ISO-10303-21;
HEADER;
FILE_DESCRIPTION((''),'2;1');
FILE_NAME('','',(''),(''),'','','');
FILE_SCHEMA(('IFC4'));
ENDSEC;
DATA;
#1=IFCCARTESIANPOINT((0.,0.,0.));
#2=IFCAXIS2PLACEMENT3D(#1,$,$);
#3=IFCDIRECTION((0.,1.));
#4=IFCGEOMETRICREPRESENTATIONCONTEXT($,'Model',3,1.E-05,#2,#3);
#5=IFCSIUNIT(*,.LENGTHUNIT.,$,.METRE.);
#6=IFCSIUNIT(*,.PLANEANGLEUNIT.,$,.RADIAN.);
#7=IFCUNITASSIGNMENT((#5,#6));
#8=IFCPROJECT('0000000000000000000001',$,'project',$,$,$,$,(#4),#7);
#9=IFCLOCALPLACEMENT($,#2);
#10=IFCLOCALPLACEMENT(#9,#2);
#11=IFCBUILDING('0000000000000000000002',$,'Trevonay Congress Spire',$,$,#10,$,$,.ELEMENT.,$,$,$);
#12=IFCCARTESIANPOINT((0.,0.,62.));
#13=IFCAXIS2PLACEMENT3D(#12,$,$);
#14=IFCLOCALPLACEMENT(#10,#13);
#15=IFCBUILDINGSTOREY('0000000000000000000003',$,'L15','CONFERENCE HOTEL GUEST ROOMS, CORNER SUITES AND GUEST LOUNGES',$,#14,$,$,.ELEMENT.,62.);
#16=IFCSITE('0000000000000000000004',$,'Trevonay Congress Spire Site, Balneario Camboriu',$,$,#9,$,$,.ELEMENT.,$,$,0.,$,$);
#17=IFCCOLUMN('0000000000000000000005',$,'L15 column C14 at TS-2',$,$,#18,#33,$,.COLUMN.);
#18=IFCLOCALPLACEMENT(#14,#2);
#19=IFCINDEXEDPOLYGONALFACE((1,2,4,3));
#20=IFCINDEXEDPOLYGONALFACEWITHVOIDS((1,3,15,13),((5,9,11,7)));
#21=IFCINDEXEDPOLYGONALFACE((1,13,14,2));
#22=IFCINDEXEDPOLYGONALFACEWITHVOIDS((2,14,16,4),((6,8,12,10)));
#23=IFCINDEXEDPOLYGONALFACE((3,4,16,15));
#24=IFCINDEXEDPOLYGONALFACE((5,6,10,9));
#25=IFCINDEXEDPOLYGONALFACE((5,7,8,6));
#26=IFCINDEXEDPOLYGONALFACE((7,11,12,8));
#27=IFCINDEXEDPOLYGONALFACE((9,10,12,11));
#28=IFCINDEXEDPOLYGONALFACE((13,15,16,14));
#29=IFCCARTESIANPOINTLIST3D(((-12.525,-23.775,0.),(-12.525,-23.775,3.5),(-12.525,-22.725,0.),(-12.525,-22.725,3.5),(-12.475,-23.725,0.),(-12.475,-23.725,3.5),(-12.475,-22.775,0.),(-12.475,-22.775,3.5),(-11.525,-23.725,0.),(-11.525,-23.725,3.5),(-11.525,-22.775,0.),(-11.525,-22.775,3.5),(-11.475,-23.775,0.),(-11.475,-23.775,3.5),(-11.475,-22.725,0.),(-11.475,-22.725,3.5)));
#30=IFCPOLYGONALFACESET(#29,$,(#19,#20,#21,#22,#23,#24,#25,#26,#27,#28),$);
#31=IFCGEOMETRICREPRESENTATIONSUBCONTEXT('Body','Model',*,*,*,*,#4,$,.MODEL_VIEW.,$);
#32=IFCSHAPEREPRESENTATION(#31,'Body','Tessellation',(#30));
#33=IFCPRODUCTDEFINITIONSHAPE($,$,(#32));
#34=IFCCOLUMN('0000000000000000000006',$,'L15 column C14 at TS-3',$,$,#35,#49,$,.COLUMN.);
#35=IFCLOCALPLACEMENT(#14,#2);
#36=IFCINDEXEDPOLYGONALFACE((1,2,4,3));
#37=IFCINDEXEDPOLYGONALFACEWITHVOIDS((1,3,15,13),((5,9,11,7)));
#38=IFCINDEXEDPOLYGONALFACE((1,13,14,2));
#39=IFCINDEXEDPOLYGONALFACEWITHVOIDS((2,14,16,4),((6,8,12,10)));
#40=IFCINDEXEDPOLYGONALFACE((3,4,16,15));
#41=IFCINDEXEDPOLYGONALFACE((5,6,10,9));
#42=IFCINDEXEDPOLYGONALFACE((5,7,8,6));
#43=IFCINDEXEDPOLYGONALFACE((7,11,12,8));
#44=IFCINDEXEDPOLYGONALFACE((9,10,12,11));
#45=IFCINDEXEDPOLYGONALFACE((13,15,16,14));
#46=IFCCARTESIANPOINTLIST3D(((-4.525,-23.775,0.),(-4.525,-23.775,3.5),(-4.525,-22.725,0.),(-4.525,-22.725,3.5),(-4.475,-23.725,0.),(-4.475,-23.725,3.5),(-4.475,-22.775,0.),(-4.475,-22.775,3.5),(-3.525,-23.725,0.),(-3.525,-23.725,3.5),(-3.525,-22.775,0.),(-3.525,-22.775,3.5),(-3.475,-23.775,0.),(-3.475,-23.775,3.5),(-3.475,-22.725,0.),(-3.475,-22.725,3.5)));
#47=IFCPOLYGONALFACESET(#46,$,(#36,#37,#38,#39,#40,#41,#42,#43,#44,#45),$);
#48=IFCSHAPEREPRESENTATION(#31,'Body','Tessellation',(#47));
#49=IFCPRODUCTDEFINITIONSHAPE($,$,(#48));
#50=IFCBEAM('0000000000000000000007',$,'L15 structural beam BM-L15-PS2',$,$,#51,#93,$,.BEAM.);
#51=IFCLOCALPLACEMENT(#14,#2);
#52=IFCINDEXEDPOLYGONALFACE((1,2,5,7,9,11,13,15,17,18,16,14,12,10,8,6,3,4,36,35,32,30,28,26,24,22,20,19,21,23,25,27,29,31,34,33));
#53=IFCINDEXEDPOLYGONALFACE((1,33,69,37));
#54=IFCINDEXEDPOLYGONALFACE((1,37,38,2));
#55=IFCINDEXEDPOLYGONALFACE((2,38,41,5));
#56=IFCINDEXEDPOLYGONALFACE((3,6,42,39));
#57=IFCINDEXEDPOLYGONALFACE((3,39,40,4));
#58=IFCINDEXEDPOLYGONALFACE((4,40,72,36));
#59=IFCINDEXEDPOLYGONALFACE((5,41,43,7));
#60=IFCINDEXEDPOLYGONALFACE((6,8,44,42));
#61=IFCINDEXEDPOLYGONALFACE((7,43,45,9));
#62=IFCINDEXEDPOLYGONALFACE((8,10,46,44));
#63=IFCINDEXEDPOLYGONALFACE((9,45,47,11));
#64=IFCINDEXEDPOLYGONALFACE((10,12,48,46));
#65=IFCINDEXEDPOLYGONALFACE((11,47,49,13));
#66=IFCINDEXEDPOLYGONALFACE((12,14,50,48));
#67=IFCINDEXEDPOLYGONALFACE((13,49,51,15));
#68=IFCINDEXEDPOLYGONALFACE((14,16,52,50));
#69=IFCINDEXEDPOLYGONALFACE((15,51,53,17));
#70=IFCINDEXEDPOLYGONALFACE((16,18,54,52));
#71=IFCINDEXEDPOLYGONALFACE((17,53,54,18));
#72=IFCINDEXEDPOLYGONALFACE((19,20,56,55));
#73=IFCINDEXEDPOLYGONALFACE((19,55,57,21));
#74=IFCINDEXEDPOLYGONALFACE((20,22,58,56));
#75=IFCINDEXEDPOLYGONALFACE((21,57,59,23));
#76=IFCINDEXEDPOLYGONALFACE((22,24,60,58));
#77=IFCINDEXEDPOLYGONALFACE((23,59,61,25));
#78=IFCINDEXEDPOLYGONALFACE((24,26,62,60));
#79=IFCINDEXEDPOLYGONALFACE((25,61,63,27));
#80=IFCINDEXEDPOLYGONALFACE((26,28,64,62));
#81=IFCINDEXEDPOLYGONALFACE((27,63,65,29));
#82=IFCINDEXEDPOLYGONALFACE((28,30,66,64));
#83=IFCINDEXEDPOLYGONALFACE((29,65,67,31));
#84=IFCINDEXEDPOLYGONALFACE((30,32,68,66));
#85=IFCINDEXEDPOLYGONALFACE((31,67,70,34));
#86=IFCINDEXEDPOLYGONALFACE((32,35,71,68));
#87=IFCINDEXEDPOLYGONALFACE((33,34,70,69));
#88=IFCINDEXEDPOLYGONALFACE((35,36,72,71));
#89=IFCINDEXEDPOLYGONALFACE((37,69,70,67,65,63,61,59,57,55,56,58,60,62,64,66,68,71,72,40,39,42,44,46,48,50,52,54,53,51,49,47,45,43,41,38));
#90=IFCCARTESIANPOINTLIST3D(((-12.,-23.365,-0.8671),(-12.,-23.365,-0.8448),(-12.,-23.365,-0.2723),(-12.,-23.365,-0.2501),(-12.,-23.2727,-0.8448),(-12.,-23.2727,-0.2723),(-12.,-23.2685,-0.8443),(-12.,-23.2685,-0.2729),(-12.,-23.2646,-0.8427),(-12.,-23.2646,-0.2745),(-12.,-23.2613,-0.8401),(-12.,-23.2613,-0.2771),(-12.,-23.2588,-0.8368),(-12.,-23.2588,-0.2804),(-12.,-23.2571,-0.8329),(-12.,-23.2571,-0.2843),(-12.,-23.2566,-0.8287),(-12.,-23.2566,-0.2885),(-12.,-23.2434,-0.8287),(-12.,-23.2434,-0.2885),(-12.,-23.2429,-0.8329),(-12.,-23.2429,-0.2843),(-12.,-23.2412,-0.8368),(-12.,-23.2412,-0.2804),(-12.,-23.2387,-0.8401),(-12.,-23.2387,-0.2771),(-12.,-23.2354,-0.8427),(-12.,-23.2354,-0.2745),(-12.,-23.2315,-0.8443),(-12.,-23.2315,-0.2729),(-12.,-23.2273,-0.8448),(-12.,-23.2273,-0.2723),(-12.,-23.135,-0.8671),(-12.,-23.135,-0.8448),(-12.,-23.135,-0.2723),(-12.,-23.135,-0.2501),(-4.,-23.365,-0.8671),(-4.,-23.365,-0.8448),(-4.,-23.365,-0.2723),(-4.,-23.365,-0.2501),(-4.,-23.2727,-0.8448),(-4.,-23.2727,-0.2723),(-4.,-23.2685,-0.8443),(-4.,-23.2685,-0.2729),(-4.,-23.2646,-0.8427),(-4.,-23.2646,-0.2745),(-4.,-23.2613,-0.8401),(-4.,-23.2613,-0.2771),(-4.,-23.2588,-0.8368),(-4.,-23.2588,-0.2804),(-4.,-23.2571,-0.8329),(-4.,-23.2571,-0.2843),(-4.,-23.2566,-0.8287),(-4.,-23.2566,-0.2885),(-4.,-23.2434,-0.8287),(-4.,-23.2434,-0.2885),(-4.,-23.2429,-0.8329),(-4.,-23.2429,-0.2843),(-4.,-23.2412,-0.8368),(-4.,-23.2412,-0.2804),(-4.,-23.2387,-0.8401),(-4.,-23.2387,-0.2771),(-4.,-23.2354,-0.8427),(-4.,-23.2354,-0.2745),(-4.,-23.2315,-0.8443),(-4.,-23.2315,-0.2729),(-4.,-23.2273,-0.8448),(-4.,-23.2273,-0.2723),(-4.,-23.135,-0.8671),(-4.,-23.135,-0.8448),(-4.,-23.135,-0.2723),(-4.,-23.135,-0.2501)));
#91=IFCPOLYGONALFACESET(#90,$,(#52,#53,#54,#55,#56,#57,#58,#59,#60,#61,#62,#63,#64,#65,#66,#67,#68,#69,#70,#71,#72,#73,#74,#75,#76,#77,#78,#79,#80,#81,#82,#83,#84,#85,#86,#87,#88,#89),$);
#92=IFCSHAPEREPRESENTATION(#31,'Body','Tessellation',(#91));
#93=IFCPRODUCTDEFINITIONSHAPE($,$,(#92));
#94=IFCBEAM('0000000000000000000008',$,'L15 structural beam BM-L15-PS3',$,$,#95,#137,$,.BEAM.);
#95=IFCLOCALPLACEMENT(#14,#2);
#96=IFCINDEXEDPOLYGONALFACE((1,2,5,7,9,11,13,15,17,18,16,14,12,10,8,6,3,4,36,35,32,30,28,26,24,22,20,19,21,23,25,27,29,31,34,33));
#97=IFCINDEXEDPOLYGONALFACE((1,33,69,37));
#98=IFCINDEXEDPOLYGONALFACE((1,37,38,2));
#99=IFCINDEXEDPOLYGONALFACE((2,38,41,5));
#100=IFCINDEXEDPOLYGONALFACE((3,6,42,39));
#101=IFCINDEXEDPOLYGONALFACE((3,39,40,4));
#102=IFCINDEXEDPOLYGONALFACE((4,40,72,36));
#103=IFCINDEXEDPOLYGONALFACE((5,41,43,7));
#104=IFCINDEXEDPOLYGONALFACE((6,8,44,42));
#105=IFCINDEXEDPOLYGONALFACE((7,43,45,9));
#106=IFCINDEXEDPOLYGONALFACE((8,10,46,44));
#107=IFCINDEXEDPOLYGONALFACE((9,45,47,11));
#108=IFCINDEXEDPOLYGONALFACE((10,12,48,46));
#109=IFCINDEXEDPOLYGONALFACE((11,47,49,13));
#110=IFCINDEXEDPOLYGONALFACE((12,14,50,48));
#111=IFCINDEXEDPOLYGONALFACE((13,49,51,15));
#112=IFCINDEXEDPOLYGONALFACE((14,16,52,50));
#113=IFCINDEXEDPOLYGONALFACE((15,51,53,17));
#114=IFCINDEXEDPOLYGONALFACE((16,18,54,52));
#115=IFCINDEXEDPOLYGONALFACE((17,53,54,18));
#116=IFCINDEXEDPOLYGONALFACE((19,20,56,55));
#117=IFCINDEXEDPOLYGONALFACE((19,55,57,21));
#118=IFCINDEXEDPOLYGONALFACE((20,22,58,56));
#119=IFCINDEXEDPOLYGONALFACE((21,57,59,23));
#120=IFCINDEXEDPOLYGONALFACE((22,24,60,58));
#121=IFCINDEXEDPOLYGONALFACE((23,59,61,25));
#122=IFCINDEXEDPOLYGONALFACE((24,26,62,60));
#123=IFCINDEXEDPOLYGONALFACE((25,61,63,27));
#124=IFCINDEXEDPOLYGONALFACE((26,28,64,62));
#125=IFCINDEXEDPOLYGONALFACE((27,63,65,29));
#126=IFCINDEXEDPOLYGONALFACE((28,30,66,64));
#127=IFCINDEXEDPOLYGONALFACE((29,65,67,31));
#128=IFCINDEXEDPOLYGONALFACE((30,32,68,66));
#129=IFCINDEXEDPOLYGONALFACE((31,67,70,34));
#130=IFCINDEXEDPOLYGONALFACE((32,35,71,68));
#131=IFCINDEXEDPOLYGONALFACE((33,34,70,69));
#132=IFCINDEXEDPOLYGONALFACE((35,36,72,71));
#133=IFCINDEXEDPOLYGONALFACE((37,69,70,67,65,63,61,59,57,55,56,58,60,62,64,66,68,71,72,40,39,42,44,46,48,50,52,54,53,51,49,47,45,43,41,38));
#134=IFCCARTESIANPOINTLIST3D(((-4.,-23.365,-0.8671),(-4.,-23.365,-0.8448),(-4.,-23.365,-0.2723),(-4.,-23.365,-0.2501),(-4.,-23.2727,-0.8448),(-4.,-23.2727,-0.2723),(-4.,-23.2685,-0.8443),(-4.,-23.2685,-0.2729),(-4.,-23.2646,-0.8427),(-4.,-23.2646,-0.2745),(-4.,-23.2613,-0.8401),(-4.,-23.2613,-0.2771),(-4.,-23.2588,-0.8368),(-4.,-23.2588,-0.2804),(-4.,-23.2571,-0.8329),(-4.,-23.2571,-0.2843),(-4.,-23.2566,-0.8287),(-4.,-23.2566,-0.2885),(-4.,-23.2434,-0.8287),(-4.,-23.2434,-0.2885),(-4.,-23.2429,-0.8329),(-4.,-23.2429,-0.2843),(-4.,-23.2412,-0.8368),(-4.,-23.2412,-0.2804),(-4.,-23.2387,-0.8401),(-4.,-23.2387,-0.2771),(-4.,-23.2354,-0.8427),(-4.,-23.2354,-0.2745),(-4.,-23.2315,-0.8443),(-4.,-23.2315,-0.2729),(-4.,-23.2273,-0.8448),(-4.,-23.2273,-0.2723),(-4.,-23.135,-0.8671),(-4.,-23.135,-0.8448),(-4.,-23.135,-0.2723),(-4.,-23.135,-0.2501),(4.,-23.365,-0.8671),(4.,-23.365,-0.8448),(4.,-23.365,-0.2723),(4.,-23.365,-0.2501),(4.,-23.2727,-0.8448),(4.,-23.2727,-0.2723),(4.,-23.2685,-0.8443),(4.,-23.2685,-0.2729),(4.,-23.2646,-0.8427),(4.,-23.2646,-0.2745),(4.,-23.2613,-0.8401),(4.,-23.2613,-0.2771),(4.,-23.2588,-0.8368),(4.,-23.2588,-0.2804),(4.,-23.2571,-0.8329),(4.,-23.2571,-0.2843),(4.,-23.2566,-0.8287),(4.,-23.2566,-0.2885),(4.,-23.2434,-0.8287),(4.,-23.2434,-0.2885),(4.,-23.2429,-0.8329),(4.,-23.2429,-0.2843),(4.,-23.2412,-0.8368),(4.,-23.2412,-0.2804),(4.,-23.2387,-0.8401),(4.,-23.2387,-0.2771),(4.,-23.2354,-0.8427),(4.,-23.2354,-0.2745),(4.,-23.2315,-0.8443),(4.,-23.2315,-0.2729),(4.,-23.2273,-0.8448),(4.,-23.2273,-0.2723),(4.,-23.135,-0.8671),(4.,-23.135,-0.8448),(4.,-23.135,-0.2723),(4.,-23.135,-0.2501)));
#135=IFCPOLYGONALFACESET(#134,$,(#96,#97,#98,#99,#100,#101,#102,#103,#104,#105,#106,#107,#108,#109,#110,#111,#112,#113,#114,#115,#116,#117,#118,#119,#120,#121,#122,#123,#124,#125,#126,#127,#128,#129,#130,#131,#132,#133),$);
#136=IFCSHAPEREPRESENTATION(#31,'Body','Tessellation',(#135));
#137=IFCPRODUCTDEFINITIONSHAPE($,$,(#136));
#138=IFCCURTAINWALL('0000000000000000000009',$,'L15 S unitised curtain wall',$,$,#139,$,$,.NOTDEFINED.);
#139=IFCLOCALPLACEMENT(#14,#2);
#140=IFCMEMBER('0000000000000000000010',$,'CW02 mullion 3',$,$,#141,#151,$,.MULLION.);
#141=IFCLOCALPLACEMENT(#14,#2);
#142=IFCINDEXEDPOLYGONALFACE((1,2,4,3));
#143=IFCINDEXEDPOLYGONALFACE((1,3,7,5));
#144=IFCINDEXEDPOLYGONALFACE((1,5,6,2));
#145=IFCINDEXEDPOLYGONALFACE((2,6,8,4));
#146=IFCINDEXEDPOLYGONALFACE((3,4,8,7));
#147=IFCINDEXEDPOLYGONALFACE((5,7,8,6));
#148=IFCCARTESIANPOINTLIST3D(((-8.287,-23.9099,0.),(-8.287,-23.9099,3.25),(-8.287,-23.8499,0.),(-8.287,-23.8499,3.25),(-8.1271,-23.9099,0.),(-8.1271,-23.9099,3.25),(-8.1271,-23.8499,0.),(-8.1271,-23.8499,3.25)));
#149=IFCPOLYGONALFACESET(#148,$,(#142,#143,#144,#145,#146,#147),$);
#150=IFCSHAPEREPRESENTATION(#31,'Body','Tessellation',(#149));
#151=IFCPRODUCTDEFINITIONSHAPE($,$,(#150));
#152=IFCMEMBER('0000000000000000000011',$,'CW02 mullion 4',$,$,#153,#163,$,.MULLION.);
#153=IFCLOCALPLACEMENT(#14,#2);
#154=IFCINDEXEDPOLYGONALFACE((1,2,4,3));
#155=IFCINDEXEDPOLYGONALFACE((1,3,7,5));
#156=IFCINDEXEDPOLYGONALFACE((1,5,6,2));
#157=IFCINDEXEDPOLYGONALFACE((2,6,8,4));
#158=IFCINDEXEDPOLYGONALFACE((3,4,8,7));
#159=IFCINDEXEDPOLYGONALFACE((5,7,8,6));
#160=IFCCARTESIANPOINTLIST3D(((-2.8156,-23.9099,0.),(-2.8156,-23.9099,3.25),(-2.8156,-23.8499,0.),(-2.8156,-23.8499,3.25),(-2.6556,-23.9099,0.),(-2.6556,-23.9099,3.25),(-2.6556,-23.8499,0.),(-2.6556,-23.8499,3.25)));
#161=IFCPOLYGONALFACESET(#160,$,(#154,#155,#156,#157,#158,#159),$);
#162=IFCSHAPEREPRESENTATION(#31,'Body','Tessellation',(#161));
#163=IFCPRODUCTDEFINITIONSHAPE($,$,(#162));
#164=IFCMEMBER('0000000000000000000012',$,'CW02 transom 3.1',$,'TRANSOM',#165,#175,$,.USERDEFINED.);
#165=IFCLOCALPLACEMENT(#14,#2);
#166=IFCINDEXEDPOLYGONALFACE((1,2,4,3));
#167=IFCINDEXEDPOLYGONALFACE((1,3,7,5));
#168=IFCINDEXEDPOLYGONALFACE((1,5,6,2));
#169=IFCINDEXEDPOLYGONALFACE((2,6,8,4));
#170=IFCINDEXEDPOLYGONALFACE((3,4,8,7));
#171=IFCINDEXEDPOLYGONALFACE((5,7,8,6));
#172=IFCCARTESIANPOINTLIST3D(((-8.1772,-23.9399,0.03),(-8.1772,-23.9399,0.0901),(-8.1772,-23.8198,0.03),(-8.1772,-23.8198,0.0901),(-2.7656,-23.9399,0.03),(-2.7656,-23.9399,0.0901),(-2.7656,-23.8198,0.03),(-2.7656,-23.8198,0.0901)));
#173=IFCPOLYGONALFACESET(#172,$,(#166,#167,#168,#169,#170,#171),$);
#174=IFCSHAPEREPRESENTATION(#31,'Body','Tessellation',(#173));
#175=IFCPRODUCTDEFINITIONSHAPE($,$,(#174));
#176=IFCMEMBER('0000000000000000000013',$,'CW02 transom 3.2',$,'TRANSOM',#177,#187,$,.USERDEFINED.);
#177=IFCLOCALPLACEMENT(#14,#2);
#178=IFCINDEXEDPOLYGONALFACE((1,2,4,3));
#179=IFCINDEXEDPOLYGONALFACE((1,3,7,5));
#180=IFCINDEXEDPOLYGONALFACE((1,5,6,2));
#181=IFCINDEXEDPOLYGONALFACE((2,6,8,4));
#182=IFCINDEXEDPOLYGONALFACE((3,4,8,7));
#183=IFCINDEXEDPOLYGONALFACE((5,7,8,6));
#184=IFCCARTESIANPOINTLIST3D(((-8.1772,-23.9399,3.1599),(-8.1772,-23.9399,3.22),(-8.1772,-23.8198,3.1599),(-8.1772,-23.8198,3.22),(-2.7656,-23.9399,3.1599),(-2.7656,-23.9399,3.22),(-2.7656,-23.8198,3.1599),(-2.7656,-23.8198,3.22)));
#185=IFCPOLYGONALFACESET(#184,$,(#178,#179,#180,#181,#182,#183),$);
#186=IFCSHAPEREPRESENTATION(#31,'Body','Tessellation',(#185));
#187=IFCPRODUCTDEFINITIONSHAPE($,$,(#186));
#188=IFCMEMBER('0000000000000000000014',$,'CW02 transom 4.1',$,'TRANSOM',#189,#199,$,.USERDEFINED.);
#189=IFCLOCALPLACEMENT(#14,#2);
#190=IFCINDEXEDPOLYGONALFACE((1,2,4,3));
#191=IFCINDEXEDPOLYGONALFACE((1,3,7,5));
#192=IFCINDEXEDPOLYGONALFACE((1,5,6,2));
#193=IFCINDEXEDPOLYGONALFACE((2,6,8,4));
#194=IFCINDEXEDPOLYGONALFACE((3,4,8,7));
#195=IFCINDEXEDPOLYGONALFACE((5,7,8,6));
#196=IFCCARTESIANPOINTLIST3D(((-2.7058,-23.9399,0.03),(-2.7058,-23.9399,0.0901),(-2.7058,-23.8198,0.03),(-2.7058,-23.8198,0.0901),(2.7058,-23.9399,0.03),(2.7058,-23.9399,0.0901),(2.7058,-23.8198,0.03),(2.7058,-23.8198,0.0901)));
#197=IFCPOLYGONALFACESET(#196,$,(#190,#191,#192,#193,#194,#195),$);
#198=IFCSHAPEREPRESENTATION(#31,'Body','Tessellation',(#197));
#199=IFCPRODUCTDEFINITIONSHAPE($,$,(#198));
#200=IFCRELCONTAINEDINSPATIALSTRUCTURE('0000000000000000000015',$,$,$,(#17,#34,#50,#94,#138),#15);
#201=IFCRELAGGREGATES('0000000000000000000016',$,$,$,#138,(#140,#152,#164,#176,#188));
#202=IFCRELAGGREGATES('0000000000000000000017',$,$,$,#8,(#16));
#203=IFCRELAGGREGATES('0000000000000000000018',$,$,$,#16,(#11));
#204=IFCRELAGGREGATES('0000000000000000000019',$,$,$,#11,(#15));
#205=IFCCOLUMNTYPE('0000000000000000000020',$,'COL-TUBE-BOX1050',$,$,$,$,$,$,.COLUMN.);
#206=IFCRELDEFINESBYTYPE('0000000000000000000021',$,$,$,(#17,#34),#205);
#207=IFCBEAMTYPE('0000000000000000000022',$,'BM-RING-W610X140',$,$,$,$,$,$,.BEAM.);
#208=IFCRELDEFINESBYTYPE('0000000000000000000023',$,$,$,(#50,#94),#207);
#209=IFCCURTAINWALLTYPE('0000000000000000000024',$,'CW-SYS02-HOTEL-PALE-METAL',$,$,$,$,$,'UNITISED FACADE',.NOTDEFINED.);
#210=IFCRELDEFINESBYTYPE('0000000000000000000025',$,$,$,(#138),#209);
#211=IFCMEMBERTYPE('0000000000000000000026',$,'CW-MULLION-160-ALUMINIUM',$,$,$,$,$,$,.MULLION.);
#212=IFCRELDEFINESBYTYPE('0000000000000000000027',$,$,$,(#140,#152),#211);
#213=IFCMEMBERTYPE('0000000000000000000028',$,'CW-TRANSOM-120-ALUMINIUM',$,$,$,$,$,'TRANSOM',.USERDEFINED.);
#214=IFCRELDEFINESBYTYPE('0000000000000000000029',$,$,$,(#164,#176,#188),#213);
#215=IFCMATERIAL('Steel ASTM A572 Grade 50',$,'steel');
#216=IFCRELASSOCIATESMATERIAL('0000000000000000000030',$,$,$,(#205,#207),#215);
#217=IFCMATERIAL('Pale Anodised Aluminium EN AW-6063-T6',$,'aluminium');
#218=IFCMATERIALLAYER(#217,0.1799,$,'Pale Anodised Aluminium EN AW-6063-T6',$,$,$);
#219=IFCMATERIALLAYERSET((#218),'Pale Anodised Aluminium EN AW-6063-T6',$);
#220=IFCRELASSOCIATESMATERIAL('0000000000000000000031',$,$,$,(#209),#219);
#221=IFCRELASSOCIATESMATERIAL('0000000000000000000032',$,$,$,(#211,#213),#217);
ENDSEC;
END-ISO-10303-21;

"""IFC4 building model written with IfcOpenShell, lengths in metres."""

from ifc_helpers import new_model, si_unit, direction, frame, origin, origin_2d, place, context, subcontext, project, spatial, rectangle, hollow_rectangle, i_section, extrude, material, layer, layer_set, material_profile, profile_set, type_object, element, aggregate, save


model = new_model("IFC4")

# Units and contexts
model_context = context("Model", 3, precision=1e-05, world=origin(), true_north=direction((0.0, 1.0)))
body_context = subcontext(model_context, "Body", "Model", "MODEL_VIEW")
ifc_project = project(units=[si_unit("LENGTHUNIT", "METRE"), si_unit("PLANEANGLEUNIT", "RADIAN")], contexts=[model_context])

# Site, building, storey
site_placement = place(None, origin())
site = spatial("IfcSite", under=ifc_project, at=site_placement, Name="Trevonay Congress Spire Site, Balneario Camboriu", CompositionType="ELEMENT", RefElevation=0.0)
building_placement = place(site_placement, origin())
building = spatial("IfcBuilding", under=site, at=building_placement, Name="Trevonay Congress Spire", CompositionType="ELEMENT")
storey_placement = place(building_placement, frame((0.0, 0.0, 62.0)))
storey = spatial("IfcBuildingStorey", under=building, at=storey_placement, Name="L15", Description="CONFERENCE HOTEL GUEST ROOMS, CORNER SUITES AND GUEST LOUNGES", CompositionType="ELEMENT", Elevation=62.0)

# Columns
ifc_material_1 = material(Name="Steel ASTM A572 Grade 50", Category="steel")
ifc_material_profile_1 = material_profile(ifc_material_1, hollow_rectangle(XDim=1.05, YDim=1.05, WallThickness=0.05, at=origin_2d()), Name="BOX 1050x1050x50")
ifc_profile_set_1 = profile_set([ifc_material_profile_1], Name="Steel ASTM A572 Grade 50")
column_type = type_object("IfcColumnType", Name="COL-TUBE-BOX1050", PredefinedType="COLUMN", material=ifc_profile_set_1)
for number, where, z_axis, x_axis, name in (
    (1, (-12.0, -23.25, 0.0), (0.0, 0.0, 1.0), (1.0, 0.0, 0.0), "L15 column C14 at TS-2"),
    (2, (-4.0, -23.25, 0.0), (0.0, 0.0, 1.0), (1.0, 0.0, 0.0), "L15 column C14 at TS-3"),
):
    element("IfcColumn", number, at=place(storey_placement, frame(where, z_axis=z_axis, x_axis=x_axis)), inside=storey, type_object=column_type, Name=name, PredefinedType="COLUMN", context=body_context, shape_type="SweptSolid", body=[
        extrude(hollow_rectangle(XDim=1.05, YDim=1.05, WallThickness=0.05, at=origin_2d()), origin(), (0.0, 0.0, 1.0), 3.5),
    ])

# Beams
ifc_material_profile_2 = material_profile(ifc_material_1, i_section(OverallWidth=0.23, OverallDepth=0.6169, WebThickness=0.0132, FlangeThickness=0.0222, FilletRadius=0.0161, at=origin_2d()), Name="W610x140")
ifc_profile_set_2 = profile_set([ifc_material_profile_2], Name="Steel ASTM A572 Grade 50")
beam_type = type_object("IfcBeamType", Name="BM-RING-W610X140", PredefinedType="BEAM", material=ifc_profile_set_2)
for number, where, z_axis, x_axis, name in (
    (3, (-12.0, -23.25, -0.5586), (1.0, 0.0, 0.0), (0.0, 1.0, 0.0), "L15 structural beam BM-L15-PS2"),
    (4, (-4.0, -23.25, -0.5586), (1.0, 0.0, 0.0), (0.0, 1.0, 0.0), "L15 structural beam BM-L15-PS3"),
):
    element("IfcBeam", number, at=place(storey_placement, frame(where, z_axis=z_axis, x_axis=x_axis)), inside=storey, type_object=beam_type, Name=name, PredefinedType="BEAM", context=body_context, shape_type="SweptSolid", body=[
        extrude(i_section(OverallWidth=0.23, OverallDepth=0.6169, WebThickness=0.0132, FlangeThickness=0.0222, FilletRadius=0.0161, at=origin_2d()), origin(), (0.0, 0.0, 1.0), 8.0),
    ])

# Curtain wall, members
ifc_material_2 = material(Name="Pale Anodised Aluminium EN AW-6063-T6", Category="aluminium")
ifc_layer_1 = layer(ifc_material_2, 0.1799, Name="Pale Anodised Aluminium EN AW-6063-T6")
ifc_layer_set_1 = layer_set([ifc_layer_1], Name="Pale Anodised Aluminium EN AW-6063-T6")
curtain_wall_type = type_object("IfcCurtainWallType", Name="CW-SYS02-HOTEL-PALE-METAL", ElementType="UNITISED FACADE", PredefinedType="NOTDEFINED", material=ifc_layer_set_1)
curtain_wall_placement = place(storey_placement, origin())
curtain_wall = element("IfcCurtainWall", 5, at=curtain_wall_placement, inside=storey, type_object=curtain_wall_type, Name="L15 S unitised curtain wall", PredefinedType="NOTDEFINED")
ifc_material_profile_3 = material_profile(ifc_material_2, rectangle(XDim=0.0601, YDim=0.1599, at=origin_2d()), Name="CW-MULLION-160-ALUMINIUM")
ifc_profile_set_3 = profile_set([ifc_material_profile_3], Name="Pale Anodised Aluminium EN AW-6063-T6")
member_type_1 = type_object("IfcMemberType", Name="CW-MULLION-160-ALUMINIUM", PredefinedType="MULLION", material=ifc_profile_set_3)
member_1_placement = place(storey_placement, frame((-8.207, -23.8799, 0.0), z_axis=(0.0, 0.0, 1.0), x_axis=(0.0, 1.0, 0.0)))
member_1 = element("IfcMember", 6, at=member_1_placement, type_object=member_type_1, Name="CW02 mullion 3", PredefinedType="MULLION", context=body_context, shape_type="SweptSolid", body=[
    extrude(rectangle(XDim=0.0601, YDim=0.1599, at=origin_2d()), origin(), (0.0, 0.0, 1.0), 3.25),
])
member_2_placement = place(storey_placement, frame((-2.7356, -23.8799, 0.0), z_axis=(0.0, 0.0, 1.0), x_axis=(0.0, 1.0, 0.0)))
member_2 = element("IfcMember", 7, at=member_2_placement, type_object=member_type_1, Name="CW02 mullion 4", PredefinedType="MULLION", context=body_context, shape_type="SweptSolid", body=[
    extrude(rectangle(XDim=0.0601, YDim=0.1599, at=origin_2d()), origin(), (0.0, 0.0, 1.0), 3.25),
])
ifc_material_profile_4 = material_profile(ifc_material_2, rectangle(XDim=0.1201, YDim=0.0601, at=origin_2d()), Name="CW-TRANSOM-120-ALUMINIUM")
ifc_profile_set_4 = profile_set([ifc_material_profile_4], Name="Pale Anodised Aluminium EN AW-6063-T6")
member_type_2 = type_object("IfcMemberType", Name="CW-TRANSOM-120-ALUMINIUM", ElementType="TRANSOM", PredefinedType="USERDEFINED", material=ifc_profile_set_4)
member_3_placement = place(storey_placement, frame((-8.1772, -23.8799, 0.0601), z_axis=(1.0, 0.0, 0.0), x_axis=(0.0, 1.0, 0.0)))
member_3 = element("IfcMember", 8, at=member_3_placement, type_object=member_type_2, Name="CW02 transom 3.1", ObjectType="TRANSOM", PredefinedType="USERDEFINED", context=body_context, shape_type="SweptSolid", body=[
    extrude(rectangle(XDim=0.1201, YDim=0.0601, at=origin_2d()), origin(), (0.0, 0.0, 1.0), 5.4116),
])
member_4_placement = place(storey_placement, frame((-8.1772, -23.8799, 3.1899), z_axis=(1.0, 0.0, 0.0), x_axis=(0.0, 1.0, 0.0)))
member_4 = element("IfcMember", 9, at=member_4_placement, type_object=member_type_2, Name="CW02 transom 3.2", ObjectType="TRANSOM", PredefinedType="USERDEFINED", context=body_context, shape_type="SweptSolid", body=[
    extrude(rectangle(XDim=0.1201, YDim=0.0601, at=origin_2d()), origin(), (0.0, 0.0, 1.0), 5.4116),
])
member_5_placement = place(storey_placement, frame((-2.7058, -23.8799, 0.0601), z_axis=(1.0, 0.0, 0.0), x_axis=(0.0, 1.0, 0.0)))
member_5 = element("IfcMember", 10, at=member_5_placement, type_object=member_type_2, Name="CW02 transom 4.1", ObjectType="TRANSOM", PredefinedType="USERDEFINED", context=body_context, shape_type="SweptSolid", body=[
    extrude(rectangle(XDim=0.1201, YDim=0.0601, at=origin_2d()), origin(), (0.0, 0.0, 1.0), 5.4116),
])
aggregate(curtain_wall, [member_1, member_2, member_3, member_4, member_5])

save(model, "model.ifc")
